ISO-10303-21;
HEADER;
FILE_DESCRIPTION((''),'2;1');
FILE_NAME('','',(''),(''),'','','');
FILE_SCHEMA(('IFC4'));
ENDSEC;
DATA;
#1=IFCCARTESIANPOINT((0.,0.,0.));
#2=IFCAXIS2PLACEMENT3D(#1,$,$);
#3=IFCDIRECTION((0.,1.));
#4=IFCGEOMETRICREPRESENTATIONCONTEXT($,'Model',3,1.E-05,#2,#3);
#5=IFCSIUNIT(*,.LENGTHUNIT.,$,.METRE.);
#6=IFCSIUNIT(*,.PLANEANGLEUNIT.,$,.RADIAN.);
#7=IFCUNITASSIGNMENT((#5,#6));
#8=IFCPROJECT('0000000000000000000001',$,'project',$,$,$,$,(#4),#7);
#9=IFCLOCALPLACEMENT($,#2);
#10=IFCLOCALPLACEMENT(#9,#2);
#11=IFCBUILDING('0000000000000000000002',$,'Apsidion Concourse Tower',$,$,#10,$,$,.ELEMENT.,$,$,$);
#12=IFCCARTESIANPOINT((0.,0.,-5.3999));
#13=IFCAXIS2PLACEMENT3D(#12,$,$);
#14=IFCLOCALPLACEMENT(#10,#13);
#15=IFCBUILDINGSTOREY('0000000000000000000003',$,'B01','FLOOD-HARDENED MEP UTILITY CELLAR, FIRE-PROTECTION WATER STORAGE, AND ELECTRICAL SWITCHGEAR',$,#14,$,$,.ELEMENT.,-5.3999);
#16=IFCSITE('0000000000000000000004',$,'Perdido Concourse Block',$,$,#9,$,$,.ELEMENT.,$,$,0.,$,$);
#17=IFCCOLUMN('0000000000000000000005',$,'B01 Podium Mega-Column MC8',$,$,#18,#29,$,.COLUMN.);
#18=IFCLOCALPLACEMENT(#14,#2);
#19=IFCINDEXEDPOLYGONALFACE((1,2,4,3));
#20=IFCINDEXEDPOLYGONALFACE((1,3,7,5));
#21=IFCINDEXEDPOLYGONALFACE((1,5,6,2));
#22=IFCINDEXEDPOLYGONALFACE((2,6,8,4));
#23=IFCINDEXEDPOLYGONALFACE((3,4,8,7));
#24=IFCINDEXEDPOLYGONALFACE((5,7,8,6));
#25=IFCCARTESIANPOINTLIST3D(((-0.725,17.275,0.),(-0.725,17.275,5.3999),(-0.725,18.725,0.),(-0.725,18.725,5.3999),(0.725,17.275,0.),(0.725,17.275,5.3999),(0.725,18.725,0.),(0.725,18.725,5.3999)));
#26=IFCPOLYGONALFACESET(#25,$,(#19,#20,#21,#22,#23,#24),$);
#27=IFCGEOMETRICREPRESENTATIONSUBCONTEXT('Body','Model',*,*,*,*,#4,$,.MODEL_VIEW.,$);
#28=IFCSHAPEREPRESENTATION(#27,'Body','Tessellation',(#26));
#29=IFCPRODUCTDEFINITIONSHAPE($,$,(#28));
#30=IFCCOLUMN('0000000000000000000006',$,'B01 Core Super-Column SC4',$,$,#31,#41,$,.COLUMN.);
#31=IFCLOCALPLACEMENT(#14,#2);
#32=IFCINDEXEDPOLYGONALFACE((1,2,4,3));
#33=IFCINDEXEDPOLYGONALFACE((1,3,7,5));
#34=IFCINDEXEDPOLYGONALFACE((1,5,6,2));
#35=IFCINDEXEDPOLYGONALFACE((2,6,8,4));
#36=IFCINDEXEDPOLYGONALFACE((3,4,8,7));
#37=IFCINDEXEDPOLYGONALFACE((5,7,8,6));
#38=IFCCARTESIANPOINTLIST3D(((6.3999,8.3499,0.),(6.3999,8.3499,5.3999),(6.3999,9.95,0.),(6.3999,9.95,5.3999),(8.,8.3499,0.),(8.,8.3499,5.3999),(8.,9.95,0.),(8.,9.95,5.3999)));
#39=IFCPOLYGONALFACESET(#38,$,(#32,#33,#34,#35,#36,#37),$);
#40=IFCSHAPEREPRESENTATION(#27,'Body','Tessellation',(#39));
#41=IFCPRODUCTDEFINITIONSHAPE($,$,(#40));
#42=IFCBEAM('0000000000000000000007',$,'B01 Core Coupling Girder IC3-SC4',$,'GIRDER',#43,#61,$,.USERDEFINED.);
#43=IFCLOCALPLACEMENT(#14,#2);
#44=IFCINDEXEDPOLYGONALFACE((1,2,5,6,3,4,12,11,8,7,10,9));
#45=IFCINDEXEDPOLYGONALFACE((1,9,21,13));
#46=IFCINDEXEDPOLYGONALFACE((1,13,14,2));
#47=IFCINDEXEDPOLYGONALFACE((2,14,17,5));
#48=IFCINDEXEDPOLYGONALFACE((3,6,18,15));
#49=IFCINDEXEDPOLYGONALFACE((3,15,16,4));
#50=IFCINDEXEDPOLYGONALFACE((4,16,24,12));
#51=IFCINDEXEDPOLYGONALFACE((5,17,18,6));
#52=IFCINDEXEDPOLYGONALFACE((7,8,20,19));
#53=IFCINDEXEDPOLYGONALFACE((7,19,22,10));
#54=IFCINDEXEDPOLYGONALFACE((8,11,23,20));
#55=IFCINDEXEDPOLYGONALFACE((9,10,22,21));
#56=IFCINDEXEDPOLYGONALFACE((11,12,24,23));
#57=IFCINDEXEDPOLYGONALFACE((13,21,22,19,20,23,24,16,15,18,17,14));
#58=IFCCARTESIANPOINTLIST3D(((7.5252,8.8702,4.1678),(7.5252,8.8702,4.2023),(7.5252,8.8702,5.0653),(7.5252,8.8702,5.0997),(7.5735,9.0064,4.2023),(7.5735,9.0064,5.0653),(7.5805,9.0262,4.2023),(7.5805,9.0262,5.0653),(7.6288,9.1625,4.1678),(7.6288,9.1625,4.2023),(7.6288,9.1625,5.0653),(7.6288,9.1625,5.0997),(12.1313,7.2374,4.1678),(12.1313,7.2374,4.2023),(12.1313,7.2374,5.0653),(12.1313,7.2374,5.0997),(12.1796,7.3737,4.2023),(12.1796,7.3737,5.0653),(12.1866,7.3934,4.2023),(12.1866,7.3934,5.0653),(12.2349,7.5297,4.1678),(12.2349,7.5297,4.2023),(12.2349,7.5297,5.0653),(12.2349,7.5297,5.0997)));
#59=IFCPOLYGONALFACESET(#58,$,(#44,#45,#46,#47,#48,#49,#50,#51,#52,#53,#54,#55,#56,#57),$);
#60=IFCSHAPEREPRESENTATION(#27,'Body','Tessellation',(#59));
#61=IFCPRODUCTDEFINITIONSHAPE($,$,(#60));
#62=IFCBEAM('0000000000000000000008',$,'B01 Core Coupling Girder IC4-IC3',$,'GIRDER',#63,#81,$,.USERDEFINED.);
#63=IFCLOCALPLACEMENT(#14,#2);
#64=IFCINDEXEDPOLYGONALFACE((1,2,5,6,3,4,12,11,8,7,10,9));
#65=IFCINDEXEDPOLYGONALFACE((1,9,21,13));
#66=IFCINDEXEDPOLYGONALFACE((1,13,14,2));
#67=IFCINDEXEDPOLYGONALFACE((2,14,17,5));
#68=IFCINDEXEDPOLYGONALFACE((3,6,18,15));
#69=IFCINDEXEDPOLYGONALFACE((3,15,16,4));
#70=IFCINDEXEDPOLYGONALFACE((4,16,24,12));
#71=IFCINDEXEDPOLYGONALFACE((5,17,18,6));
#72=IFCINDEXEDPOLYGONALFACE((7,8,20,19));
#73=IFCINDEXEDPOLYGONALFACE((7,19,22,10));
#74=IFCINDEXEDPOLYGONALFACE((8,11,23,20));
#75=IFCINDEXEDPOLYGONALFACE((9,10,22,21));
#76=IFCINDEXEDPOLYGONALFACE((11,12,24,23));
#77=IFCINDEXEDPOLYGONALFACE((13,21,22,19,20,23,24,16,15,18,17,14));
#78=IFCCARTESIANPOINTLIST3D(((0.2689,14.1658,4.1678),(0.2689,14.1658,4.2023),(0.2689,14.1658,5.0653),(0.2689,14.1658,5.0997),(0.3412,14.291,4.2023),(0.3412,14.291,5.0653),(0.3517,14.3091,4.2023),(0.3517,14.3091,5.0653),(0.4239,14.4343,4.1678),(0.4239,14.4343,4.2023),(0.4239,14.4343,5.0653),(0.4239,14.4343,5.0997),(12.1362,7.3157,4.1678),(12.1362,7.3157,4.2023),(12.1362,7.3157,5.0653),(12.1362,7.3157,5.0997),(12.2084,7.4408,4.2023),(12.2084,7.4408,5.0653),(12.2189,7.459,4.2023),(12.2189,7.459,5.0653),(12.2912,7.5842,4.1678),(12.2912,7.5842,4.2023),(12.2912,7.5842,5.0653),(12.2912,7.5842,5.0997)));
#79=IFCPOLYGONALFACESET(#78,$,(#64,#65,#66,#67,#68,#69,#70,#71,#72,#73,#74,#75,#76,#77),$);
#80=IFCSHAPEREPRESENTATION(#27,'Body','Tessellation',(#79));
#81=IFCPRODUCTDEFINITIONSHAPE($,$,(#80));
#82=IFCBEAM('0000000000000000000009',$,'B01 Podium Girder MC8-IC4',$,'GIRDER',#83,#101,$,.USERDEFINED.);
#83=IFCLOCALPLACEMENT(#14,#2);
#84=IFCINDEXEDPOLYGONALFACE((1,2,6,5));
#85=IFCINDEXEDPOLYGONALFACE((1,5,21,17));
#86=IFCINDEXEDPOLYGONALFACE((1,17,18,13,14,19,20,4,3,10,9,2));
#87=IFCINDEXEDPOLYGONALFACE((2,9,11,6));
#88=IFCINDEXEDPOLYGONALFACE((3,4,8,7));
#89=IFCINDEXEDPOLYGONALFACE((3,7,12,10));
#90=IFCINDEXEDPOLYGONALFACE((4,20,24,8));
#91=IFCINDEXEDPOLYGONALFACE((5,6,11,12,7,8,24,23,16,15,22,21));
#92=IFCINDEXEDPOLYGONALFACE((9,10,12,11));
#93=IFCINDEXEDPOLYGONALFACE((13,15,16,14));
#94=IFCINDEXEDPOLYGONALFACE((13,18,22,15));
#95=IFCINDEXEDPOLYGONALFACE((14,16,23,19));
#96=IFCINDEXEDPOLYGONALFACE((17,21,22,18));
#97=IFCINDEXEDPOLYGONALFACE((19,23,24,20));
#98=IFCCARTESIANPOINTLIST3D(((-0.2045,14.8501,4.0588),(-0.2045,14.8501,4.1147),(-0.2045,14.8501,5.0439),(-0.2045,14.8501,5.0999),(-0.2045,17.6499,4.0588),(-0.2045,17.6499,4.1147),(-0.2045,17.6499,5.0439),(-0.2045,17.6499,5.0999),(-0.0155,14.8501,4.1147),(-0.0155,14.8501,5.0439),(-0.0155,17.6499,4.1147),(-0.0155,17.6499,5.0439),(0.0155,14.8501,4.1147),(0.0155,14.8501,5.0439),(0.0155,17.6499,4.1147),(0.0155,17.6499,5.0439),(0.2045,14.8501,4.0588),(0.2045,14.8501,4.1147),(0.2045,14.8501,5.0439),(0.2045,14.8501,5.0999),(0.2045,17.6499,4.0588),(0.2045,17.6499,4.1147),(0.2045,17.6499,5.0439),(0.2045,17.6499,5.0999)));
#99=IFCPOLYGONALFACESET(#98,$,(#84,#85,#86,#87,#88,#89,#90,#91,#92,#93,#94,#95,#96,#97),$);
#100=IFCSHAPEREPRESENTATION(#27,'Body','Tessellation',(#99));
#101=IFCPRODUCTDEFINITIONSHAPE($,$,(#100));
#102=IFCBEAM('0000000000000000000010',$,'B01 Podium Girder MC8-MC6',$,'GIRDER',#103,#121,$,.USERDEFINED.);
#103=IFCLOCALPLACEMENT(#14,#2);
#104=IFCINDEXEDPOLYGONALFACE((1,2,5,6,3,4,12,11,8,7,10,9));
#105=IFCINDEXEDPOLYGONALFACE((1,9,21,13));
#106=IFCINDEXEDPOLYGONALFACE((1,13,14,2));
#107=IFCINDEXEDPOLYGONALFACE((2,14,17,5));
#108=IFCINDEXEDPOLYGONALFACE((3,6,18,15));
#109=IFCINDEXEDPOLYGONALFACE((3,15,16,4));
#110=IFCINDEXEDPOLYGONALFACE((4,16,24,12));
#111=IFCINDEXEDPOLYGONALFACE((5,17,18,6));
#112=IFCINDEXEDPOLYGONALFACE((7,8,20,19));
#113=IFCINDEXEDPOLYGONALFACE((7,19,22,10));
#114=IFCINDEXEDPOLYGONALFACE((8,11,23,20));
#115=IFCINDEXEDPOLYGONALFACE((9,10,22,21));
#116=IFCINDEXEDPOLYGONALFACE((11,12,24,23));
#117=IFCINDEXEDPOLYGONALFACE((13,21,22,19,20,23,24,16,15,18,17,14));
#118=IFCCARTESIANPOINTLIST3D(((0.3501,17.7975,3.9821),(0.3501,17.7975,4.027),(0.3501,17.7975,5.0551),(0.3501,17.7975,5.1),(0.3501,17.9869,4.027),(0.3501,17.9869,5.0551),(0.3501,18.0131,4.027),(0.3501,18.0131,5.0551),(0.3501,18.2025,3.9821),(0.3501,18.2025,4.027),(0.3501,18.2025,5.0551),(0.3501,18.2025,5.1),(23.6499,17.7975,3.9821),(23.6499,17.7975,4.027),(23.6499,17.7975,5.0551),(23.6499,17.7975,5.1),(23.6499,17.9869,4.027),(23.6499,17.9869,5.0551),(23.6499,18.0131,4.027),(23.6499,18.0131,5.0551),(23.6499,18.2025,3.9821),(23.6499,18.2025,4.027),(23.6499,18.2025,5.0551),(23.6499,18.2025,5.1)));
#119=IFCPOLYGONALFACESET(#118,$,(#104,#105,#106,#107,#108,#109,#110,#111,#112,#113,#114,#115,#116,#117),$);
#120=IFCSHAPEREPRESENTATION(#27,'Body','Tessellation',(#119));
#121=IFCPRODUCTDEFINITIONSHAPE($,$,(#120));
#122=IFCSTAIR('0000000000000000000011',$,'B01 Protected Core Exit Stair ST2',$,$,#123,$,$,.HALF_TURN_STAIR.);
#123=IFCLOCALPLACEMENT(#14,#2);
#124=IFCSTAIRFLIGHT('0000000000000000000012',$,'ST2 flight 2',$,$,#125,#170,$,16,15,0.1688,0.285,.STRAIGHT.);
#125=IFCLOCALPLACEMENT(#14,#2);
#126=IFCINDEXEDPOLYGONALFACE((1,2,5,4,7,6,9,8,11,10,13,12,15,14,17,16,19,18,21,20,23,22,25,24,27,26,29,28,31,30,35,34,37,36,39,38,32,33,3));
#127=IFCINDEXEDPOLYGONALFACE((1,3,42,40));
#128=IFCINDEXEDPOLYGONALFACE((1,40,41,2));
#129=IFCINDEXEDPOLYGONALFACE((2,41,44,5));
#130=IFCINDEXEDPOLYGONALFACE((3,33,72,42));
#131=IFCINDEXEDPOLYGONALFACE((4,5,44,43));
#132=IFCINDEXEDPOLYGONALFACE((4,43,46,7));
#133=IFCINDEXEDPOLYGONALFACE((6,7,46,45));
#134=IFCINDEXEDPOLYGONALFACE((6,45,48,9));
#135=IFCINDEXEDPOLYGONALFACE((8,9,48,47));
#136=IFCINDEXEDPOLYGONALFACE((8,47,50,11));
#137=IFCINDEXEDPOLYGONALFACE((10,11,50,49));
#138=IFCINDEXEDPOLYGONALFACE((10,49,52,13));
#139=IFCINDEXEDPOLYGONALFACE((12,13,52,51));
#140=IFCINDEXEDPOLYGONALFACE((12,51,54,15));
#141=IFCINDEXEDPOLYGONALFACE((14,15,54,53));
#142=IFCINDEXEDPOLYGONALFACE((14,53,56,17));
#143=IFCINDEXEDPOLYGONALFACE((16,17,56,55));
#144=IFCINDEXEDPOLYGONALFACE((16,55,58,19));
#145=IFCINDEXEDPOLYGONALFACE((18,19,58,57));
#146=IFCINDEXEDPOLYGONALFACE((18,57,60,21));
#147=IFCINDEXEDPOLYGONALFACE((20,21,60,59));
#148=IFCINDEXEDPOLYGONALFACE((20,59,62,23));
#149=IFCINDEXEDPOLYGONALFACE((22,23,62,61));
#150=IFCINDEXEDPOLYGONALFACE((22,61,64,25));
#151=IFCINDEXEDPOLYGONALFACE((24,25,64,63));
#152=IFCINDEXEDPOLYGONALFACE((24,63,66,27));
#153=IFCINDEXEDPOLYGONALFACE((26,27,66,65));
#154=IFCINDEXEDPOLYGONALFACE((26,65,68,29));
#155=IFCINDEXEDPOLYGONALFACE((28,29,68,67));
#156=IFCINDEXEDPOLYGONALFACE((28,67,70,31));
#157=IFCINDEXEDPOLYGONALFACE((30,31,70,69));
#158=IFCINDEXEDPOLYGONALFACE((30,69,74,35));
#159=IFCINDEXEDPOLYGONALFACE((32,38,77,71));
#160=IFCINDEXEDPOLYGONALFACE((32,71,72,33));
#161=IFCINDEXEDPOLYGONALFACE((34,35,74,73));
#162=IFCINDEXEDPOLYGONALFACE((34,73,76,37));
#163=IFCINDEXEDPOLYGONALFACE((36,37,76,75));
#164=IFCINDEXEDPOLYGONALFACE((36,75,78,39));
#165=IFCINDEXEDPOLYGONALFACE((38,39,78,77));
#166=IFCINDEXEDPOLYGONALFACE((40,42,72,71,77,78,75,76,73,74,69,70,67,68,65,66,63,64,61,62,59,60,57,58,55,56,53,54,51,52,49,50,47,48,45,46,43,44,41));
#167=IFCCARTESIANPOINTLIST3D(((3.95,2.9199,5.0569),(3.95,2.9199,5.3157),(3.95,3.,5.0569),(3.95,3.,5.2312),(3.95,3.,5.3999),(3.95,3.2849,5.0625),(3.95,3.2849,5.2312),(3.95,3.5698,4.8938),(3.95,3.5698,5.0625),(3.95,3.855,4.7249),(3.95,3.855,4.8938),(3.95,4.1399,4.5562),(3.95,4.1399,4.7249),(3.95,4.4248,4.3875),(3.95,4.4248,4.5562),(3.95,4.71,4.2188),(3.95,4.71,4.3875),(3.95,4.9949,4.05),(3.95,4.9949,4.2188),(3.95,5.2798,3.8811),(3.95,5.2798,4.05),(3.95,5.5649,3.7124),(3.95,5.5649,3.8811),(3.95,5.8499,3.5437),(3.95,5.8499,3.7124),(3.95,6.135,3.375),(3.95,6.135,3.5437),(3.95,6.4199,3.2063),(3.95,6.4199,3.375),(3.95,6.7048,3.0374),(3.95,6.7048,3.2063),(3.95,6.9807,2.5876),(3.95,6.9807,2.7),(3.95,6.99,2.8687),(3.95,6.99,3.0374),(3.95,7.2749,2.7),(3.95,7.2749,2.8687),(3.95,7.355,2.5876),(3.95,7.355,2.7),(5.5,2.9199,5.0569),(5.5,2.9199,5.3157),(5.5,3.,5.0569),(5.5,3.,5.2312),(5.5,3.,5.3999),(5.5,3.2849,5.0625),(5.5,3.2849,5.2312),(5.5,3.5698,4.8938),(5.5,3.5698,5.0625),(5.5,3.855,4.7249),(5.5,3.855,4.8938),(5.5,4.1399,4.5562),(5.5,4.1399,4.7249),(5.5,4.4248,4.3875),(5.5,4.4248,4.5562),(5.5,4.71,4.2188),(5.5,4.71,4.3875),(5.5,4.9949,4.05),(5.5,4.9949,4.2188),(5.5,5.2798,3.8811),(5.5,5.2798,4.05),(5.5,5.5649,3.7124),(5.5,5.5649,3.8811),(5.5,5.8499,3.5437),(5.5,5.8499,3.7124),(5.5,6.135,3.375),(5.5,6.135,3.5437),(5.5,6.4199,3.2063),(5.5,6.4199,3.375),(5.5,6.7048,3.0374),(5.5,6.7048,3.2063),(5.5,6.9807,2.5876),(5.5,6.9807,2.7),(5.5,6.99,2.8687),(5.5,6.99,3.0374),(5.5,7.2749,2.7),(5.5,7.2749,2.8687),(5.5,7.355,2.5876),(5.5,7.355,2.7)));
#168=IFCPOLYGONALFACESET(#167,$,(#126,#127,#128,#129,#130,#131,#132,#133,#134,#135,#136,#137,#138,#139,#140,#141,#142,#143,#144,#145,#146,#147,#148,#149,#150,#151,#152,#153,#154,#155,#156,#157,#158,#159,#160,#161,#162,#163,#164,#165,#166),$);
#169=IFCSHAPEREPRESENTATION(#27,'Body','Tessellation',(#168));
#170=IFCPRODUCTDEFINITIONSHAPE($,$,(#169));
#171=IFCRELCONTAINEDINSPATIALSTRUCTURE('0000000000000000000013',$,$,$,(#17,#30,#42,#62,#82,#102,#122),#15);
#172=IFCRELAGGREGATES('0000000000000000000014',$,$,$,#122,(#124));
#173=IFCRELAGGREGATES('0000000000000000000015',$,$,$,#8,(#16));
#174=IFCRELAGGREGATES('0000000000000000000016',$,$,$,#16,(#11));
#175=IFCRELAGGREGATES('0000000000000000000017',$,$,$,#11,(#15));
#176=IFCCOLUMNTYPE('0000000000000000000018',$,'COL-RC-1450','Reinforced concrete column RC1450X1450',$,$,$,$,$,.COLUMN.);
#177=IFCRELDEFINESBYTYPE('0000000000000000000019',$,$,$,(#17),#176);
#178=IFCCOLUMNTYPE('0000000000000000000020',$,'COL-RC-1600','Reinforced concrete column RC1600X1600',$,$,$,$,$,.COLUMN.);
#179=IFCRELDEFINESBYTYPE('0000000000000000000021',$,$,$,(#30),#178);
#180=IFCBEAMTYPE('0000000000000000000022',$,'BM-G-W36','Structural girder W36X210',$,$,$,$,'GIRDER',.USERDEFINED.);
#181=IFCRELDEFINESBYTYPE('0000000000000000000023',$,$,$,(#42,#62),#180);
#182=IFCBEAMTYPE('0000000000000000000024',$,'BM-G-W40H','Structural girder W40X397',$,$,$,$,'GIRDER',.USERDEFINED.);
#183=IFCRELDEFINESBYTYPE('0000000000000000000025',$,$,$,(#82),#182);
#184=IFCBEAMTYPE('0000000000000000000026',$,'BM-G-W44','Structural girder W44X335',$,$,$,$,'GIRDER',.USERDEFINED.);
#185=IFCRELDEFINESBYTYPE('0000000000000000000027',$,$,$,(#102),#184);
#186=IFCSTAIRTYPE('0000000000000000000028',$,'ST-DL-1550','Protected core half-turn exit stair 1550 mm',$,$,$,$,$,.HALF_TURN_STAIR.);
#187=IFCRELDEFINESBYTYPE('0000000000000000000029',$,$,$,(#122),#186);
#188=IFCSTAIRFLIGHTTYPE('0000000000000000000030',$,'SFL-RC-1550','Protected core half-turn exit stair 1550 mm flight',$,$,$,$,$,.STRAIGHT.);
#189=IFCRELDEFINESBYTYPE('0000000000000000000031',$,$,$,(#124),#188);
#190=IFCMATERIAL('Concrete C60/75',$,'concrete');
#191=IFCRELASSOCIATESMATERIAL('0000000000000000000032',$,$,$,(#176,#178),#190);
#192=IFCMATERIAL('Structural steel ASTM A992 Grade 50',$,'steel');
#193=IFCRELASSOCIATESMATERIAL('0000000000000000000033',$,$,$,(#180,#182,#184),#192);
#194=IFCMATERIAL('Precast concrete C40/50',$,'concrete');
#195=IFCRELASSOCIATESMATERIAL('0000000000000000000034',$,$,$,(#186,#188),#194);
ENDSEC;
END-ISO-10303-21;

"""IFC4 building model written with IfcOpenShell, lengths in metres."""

from ifc_helpers import new_model, si_unit, direction, frame, origin, origin_2d, place, context, subcontext, project, spatial, polyline, rectangle, i_section, outline, extrude, material, material_profile, profile_set, type_object, element, aggregate, save


model = new_model("IFC4")

# Units and contexts
model_context = context("Model", 3, precision=1e-05, world=origin(), true_north=direction((0.0, 1.0)))
body_context = subcontext(model_context, "Body", "Model", "MODEL_VIEW")
ifc_project = project(units=[si_unit("LENGTHUNIT", "METRE"), si_unit("PLANEANGLEUNIT", "RADIAN")], contexts=[model_context])

# Site, building, storey
site_placement = place(None, origin())
site = spatial("IfcSite", under=ifc_project, at=site_placement, Name="Perdido Concourse Block", CompositionType="ELEMENT", RefElevation=0.0)
building_placement = place(site_placement, origin())
building = spatial("IfcBuilding", under=site, at=building_placement, Name="Apsidion Concourse Tower", CompositionType="ELEMENT")
storey_placement = place(building_placement, frame((0.0, 0.0, -5.3999)))
storey = spatial("IfcBuildingStorey", under=building, at=storey_placement, Name="B01", Description="FLOOD-HARDENED MEP UTILITY CELLAR, FIRE-PROTECTION WATER STORAGE, AND ELECTRICAL SWITCHGEAR", CompositionType="ELEMENT", Elevation=-5.3999)

# Columns
ifc_material_1 = material(Name="Concrete C60/75", Category="concrete")
ifc_material_profile_1 = material_profile(ifc_material_1, rectangle(XDim=1.45, YDim=1.45, at=origin_2d()), Name="RC 1450x1450")
ifc_profile_set_1 = profile_set([ifc_material_profile_1], Name="Concrete C60/75")
column_type_1 = type_object("IfcColumnType", Name="COL-RC-1450", Description="Reinforced concrete column RC1450X1450", PredefinedType="COLUMN", material=ifc_profile_set_1)
column_1_placement = place(storey_placement, frame((0.0, 18.0, 0.0), z_axis=(0.0, 0.0, 1.0), x_axis=(1.0, 0.0, 0.0)))
element("IfcColumn", 1, at=column_1_placement, inside=storey, type_object=column_type_1, Name="B01 Podium Mega-Column MC8", PredefinedType="COLUMN", context=body_context, shape_type="SweptSolid", body=[
    extrude(rectangle(XDim=1.45, YDim=1.45, at=origin_2d()), origin(), (0.0, 0.0, 1.0), 5.3999),
])
ifc_material_profile_2 = material_profile(ifc_material_1, rectangle(XDim=1.6001, YDim=1.6001, at=origin_2d()), Name="RC 1600x1600")
ifc_profile_set_2 = profile_set([ifc_material_profile_2], Name="Concrete C60/75")
column_type_2 = type_object("IfcColumnType", Name="COL-RC-1600", Description="Reinforced concrete column RC1600X1600", PredefinedType="COLUMN", material=ifc_profile_set_2)
column_2_placement = place(storey_placement, frame((7.2, 9.1499, 0.0), z_axis=(0.0, 0.0, 1.0), x_axis=(1.0, 0.0, 0.0)))
element("IfcColumn", 2, at=column_2_placement, inside=storey, type_object=column_type_2, Name="B01 Core Super-Column SC4", PredefinedType="COLUMN", context=body_context, shape_type="SweptSolid", body=[
    extrude(rectangle(XDim=1.6001, YDim=1.6001, at=origin_2d()), origin(), (0.0, 0.0, 1.0), 5.3999),
])

# Beams
ifc_material_2 = material(Name="Structural steel ASTM A992 Grade 50", Category="steel")
ifc_material_profile_3 = material_profile(ifc_material_2, i_section(OverallWidth=0.3101, OverallDepth=0.9319, WebThickness=0.021, FlangeThickness=0.0344, at=origin_2d()), Name="W36X210")
ifc_profile_set_3 = profile_set([ifc_material_profile_3], Name="Structural steel ASTM A992 Grade 50")
beam_type_1 = type_object("IfcBeamType", Name="BM-G-W36", Description="Structural girder W36X210", ElementType="GIRDER", PredefinedType="USERDEFINED", material=ifc_profile_set_3)
beam_1_placement = place(storey_placement, frame((12.1831, 7.3835, 4.6338), z_axis=(-0.942534, 0.334111, 0.0), x_axis=(-0.334111, -0.942534, 0.0)))
element("IfcBeam", 3, at=beam_1_placement, inside=storey, type_object=beam_type_1, Name="B01 Core Coupling Girder IC3-SC4", ObjectType="GIRDER", PredefinedType="USERDEFINED", context=body_context, shape_type="SweptSolid", body=[
    extrude(i_section(OverallWidth=0.3101, OverallDepth=0.9319, WebThickness=0.021, FlangeThickness=0.0344, at=origin_2d()), origin(), (0.0, 0.0, 1.0), 4.887),
])
beam_2_placement = place(storey_placement, frame((0.3464, 14.3, 4.6338), z_axis=(0.86607, -0.499922, 0.0), x_axis=(0.499922, 0.86607, 0.0)))
element("IfcBeam", 4, at=beam_2_placement, inside=storey, type_object=beam_type_1, Name="B01 Core Coupling Girder IC4-IC3", ObjectType="GIRDER", PredefinedType="USERDEFINED", context=body_context, shape_type="SweptSolid", body=[
    extrude(i_section(OverallWidth=0.3101, OverallDepth=0.9319, WebThickness=0.021, FlangeThickness=0.0344, at=origin_2d()), origin(), (0.0, 0.0, 1.0), 13.7024),
])
ifc_material_profile_4 = material_profile(ifc_material_2, i_section(OverallWidth=0.4089, OverallDepth=1.041, WebThickness=0.031, FlangeThickness=0.0559, at=origin_2d()), Name="W40X397")
ifc_profile_set_4 = profile_set([ifc_material_profile_4], Name="Structural steel ASTM A992 Grade 50")
beam_type_2 = type_object("IfcBeamType", Name="BM-G-W40H", Description="Structural girder W40X397", ElementType="GIRDER", PredefinedType="USERDEFINED", material=ifc_profile_set_4)
beam_3_placement = place(storey_placement, frame((0.0, 17.6499, 4.5793), z_axis=(0.0, -1.0, 0.0), x_axis=(1.0, 0.0, 0.0)))
element("IfcBeam", 5, at=beam_3_placement, inside=storey, type_object=beam_type_2, Name="B01 Podium Girder MC8-IC4", ObjectType="GIRDER", PredefinedType="USERDEFINED", context=body_context, shape_type="SweptSolid", body=[
    extrude(i_section(OverallWidth=0.4089, OverallDepth=1.041, WebThickness=0.031, FlangeThickness=0.0559, at=origin_2d()), origin(), (0.0, 0.0, 1.0), 2.7998),
])
ifc_material_profile_5 = material_profile(ifc_material_2, i_section(OverallWidth=0.405, OverallDepth=1.1179, WebThickness=0.0261, FlangeThickness=0.0449, at=origin_2d()), Name="W44X335")
ifc_profile_set_5 = profile_set([ifc_material_profile_5], Name="Structural steel ASTM A992 Grade 50")
beam_type_3 = type_object("IfcBeamType", Name="BM-G-W44", Description="Structural girder W44X335", ElementType="GIRDER", PredefinedType="USERDEFINED", material=ifc_profile_set_5)
beam_4_placement = place(storey_placement, frame((0.3501, 18.0, 4.541), z_axis=(1.0, 0.0, 0.0), x_axis=(0.0, 1.0, 0.0)))
element("IfcBeam", 6, at=beam_4_placement, inside=storey, type_object=beam_type_3, Name="B01 Podium Girder MC8-MC6", ObjectType="GIRDER", PredefinedType="USERDEFINED", context=body_context, shape_type="SweptSolid", body=[
    extrude(i_section(OverallWidth=0.405, OverallDepth=1.1179, WebThickness=0.0261, FlangeThickness=0.0449, at=origin_2d()), origin(), (0.0, 0.0, 1.0), 23.2998),
])

# Stair, stair flight
ifc_material_3 = material(Name="Precast concrete C40/50", Category="concrete")
stair_type = type_object("IfcStairType", Name="ST-DL-1550", Description="Protected core half-turn exit stair 1550 mm", PredefinedType="HALF_TURN_STAIR", material=ifc_material_3)
stair_placement = place(storey_placement, origin())
stair = element("IfcStair", 7, at=stair_placement, inside=storey, type_object=stair_type, Name="B01 Protected Core Exit Stair ST2", PredefinedType="HALF_TURN_STAIR")
stair_flight_type = type_object("IfcStairFlightType", Name="SFL-RC-1550", Description="Protected core half-turn exit stair 1550 mm flight", PredefinedType="STRAIGHT", material=ifc_material_3)
stair_flight_placement = place(storey_placement, frame((4.7251, 7.2749, 2.7), z_axis=(0.0, 0.0, 1.0), x_axis=(0.0, -1.0, 0.0)))
stair_flight = element("IfcStairFlight", 8, at=stair_flight_placement, type_object=stair_flight_type, Name="ST2 flight 2", NumberOfRisers=16, NumberOfTreads=15, PredefinedType="STRAIGHT", RiserHeight=0.1688, TreadLength=0.285, context=body_context, shape_type="SweptSolid", body=[
    extrude(outline(polyline([(-0.0801, -0.1123), (-0.0801, 0.0), (0.0, 0.0), (0.0, 0.1687), (0.2849, 0.1687), (0.2849, 0.3374), (0.5701, 0.3374), (0.5701, 0.5063), (0.855, 0.5063), (0.855, 0.675), (1.1399, 0.675), (1.1399, 0.8438), (1.425, 0.8438), (1.425, 1.0125), (1.71, 1.0125), (1.71, 1.1812), (1.9951, 1.1812), (1.9951, 1.3501), (2.28, 1.3501), (2.28, 1.5188), (2.5649, 1.5188), (2.5649, 1.6875), (2.8501, 1.6875), (2.8501, 1.8562), (3.135, 1.8562), (3.135, 2.0249), (3.4199, 2.0249), (3.4199, 2.1938), (3.7051, 2.1938), (3.7051, 2.3625), (3.99, 2.3625), (3.99, 2.5312), (4.2749, 2.5312), (4.2749, 2.7), (4.355, 2.6157), (4.355, 2.3569), (4.2749, 2.3569), (0.2942, 0.0), (0.2942, -0.1123), (-0.0801, -0.1123)])), frame((0.0, 0.7749, 0.0), z_axis=(0.0, -1.0, 0.0), x_axis=(1.0, 0.0, 0.0)), (0.0, 0.0, 1.0), 1.55),
])
aggregate(stair, [stair_flight])

save(model, "model.ifc")
